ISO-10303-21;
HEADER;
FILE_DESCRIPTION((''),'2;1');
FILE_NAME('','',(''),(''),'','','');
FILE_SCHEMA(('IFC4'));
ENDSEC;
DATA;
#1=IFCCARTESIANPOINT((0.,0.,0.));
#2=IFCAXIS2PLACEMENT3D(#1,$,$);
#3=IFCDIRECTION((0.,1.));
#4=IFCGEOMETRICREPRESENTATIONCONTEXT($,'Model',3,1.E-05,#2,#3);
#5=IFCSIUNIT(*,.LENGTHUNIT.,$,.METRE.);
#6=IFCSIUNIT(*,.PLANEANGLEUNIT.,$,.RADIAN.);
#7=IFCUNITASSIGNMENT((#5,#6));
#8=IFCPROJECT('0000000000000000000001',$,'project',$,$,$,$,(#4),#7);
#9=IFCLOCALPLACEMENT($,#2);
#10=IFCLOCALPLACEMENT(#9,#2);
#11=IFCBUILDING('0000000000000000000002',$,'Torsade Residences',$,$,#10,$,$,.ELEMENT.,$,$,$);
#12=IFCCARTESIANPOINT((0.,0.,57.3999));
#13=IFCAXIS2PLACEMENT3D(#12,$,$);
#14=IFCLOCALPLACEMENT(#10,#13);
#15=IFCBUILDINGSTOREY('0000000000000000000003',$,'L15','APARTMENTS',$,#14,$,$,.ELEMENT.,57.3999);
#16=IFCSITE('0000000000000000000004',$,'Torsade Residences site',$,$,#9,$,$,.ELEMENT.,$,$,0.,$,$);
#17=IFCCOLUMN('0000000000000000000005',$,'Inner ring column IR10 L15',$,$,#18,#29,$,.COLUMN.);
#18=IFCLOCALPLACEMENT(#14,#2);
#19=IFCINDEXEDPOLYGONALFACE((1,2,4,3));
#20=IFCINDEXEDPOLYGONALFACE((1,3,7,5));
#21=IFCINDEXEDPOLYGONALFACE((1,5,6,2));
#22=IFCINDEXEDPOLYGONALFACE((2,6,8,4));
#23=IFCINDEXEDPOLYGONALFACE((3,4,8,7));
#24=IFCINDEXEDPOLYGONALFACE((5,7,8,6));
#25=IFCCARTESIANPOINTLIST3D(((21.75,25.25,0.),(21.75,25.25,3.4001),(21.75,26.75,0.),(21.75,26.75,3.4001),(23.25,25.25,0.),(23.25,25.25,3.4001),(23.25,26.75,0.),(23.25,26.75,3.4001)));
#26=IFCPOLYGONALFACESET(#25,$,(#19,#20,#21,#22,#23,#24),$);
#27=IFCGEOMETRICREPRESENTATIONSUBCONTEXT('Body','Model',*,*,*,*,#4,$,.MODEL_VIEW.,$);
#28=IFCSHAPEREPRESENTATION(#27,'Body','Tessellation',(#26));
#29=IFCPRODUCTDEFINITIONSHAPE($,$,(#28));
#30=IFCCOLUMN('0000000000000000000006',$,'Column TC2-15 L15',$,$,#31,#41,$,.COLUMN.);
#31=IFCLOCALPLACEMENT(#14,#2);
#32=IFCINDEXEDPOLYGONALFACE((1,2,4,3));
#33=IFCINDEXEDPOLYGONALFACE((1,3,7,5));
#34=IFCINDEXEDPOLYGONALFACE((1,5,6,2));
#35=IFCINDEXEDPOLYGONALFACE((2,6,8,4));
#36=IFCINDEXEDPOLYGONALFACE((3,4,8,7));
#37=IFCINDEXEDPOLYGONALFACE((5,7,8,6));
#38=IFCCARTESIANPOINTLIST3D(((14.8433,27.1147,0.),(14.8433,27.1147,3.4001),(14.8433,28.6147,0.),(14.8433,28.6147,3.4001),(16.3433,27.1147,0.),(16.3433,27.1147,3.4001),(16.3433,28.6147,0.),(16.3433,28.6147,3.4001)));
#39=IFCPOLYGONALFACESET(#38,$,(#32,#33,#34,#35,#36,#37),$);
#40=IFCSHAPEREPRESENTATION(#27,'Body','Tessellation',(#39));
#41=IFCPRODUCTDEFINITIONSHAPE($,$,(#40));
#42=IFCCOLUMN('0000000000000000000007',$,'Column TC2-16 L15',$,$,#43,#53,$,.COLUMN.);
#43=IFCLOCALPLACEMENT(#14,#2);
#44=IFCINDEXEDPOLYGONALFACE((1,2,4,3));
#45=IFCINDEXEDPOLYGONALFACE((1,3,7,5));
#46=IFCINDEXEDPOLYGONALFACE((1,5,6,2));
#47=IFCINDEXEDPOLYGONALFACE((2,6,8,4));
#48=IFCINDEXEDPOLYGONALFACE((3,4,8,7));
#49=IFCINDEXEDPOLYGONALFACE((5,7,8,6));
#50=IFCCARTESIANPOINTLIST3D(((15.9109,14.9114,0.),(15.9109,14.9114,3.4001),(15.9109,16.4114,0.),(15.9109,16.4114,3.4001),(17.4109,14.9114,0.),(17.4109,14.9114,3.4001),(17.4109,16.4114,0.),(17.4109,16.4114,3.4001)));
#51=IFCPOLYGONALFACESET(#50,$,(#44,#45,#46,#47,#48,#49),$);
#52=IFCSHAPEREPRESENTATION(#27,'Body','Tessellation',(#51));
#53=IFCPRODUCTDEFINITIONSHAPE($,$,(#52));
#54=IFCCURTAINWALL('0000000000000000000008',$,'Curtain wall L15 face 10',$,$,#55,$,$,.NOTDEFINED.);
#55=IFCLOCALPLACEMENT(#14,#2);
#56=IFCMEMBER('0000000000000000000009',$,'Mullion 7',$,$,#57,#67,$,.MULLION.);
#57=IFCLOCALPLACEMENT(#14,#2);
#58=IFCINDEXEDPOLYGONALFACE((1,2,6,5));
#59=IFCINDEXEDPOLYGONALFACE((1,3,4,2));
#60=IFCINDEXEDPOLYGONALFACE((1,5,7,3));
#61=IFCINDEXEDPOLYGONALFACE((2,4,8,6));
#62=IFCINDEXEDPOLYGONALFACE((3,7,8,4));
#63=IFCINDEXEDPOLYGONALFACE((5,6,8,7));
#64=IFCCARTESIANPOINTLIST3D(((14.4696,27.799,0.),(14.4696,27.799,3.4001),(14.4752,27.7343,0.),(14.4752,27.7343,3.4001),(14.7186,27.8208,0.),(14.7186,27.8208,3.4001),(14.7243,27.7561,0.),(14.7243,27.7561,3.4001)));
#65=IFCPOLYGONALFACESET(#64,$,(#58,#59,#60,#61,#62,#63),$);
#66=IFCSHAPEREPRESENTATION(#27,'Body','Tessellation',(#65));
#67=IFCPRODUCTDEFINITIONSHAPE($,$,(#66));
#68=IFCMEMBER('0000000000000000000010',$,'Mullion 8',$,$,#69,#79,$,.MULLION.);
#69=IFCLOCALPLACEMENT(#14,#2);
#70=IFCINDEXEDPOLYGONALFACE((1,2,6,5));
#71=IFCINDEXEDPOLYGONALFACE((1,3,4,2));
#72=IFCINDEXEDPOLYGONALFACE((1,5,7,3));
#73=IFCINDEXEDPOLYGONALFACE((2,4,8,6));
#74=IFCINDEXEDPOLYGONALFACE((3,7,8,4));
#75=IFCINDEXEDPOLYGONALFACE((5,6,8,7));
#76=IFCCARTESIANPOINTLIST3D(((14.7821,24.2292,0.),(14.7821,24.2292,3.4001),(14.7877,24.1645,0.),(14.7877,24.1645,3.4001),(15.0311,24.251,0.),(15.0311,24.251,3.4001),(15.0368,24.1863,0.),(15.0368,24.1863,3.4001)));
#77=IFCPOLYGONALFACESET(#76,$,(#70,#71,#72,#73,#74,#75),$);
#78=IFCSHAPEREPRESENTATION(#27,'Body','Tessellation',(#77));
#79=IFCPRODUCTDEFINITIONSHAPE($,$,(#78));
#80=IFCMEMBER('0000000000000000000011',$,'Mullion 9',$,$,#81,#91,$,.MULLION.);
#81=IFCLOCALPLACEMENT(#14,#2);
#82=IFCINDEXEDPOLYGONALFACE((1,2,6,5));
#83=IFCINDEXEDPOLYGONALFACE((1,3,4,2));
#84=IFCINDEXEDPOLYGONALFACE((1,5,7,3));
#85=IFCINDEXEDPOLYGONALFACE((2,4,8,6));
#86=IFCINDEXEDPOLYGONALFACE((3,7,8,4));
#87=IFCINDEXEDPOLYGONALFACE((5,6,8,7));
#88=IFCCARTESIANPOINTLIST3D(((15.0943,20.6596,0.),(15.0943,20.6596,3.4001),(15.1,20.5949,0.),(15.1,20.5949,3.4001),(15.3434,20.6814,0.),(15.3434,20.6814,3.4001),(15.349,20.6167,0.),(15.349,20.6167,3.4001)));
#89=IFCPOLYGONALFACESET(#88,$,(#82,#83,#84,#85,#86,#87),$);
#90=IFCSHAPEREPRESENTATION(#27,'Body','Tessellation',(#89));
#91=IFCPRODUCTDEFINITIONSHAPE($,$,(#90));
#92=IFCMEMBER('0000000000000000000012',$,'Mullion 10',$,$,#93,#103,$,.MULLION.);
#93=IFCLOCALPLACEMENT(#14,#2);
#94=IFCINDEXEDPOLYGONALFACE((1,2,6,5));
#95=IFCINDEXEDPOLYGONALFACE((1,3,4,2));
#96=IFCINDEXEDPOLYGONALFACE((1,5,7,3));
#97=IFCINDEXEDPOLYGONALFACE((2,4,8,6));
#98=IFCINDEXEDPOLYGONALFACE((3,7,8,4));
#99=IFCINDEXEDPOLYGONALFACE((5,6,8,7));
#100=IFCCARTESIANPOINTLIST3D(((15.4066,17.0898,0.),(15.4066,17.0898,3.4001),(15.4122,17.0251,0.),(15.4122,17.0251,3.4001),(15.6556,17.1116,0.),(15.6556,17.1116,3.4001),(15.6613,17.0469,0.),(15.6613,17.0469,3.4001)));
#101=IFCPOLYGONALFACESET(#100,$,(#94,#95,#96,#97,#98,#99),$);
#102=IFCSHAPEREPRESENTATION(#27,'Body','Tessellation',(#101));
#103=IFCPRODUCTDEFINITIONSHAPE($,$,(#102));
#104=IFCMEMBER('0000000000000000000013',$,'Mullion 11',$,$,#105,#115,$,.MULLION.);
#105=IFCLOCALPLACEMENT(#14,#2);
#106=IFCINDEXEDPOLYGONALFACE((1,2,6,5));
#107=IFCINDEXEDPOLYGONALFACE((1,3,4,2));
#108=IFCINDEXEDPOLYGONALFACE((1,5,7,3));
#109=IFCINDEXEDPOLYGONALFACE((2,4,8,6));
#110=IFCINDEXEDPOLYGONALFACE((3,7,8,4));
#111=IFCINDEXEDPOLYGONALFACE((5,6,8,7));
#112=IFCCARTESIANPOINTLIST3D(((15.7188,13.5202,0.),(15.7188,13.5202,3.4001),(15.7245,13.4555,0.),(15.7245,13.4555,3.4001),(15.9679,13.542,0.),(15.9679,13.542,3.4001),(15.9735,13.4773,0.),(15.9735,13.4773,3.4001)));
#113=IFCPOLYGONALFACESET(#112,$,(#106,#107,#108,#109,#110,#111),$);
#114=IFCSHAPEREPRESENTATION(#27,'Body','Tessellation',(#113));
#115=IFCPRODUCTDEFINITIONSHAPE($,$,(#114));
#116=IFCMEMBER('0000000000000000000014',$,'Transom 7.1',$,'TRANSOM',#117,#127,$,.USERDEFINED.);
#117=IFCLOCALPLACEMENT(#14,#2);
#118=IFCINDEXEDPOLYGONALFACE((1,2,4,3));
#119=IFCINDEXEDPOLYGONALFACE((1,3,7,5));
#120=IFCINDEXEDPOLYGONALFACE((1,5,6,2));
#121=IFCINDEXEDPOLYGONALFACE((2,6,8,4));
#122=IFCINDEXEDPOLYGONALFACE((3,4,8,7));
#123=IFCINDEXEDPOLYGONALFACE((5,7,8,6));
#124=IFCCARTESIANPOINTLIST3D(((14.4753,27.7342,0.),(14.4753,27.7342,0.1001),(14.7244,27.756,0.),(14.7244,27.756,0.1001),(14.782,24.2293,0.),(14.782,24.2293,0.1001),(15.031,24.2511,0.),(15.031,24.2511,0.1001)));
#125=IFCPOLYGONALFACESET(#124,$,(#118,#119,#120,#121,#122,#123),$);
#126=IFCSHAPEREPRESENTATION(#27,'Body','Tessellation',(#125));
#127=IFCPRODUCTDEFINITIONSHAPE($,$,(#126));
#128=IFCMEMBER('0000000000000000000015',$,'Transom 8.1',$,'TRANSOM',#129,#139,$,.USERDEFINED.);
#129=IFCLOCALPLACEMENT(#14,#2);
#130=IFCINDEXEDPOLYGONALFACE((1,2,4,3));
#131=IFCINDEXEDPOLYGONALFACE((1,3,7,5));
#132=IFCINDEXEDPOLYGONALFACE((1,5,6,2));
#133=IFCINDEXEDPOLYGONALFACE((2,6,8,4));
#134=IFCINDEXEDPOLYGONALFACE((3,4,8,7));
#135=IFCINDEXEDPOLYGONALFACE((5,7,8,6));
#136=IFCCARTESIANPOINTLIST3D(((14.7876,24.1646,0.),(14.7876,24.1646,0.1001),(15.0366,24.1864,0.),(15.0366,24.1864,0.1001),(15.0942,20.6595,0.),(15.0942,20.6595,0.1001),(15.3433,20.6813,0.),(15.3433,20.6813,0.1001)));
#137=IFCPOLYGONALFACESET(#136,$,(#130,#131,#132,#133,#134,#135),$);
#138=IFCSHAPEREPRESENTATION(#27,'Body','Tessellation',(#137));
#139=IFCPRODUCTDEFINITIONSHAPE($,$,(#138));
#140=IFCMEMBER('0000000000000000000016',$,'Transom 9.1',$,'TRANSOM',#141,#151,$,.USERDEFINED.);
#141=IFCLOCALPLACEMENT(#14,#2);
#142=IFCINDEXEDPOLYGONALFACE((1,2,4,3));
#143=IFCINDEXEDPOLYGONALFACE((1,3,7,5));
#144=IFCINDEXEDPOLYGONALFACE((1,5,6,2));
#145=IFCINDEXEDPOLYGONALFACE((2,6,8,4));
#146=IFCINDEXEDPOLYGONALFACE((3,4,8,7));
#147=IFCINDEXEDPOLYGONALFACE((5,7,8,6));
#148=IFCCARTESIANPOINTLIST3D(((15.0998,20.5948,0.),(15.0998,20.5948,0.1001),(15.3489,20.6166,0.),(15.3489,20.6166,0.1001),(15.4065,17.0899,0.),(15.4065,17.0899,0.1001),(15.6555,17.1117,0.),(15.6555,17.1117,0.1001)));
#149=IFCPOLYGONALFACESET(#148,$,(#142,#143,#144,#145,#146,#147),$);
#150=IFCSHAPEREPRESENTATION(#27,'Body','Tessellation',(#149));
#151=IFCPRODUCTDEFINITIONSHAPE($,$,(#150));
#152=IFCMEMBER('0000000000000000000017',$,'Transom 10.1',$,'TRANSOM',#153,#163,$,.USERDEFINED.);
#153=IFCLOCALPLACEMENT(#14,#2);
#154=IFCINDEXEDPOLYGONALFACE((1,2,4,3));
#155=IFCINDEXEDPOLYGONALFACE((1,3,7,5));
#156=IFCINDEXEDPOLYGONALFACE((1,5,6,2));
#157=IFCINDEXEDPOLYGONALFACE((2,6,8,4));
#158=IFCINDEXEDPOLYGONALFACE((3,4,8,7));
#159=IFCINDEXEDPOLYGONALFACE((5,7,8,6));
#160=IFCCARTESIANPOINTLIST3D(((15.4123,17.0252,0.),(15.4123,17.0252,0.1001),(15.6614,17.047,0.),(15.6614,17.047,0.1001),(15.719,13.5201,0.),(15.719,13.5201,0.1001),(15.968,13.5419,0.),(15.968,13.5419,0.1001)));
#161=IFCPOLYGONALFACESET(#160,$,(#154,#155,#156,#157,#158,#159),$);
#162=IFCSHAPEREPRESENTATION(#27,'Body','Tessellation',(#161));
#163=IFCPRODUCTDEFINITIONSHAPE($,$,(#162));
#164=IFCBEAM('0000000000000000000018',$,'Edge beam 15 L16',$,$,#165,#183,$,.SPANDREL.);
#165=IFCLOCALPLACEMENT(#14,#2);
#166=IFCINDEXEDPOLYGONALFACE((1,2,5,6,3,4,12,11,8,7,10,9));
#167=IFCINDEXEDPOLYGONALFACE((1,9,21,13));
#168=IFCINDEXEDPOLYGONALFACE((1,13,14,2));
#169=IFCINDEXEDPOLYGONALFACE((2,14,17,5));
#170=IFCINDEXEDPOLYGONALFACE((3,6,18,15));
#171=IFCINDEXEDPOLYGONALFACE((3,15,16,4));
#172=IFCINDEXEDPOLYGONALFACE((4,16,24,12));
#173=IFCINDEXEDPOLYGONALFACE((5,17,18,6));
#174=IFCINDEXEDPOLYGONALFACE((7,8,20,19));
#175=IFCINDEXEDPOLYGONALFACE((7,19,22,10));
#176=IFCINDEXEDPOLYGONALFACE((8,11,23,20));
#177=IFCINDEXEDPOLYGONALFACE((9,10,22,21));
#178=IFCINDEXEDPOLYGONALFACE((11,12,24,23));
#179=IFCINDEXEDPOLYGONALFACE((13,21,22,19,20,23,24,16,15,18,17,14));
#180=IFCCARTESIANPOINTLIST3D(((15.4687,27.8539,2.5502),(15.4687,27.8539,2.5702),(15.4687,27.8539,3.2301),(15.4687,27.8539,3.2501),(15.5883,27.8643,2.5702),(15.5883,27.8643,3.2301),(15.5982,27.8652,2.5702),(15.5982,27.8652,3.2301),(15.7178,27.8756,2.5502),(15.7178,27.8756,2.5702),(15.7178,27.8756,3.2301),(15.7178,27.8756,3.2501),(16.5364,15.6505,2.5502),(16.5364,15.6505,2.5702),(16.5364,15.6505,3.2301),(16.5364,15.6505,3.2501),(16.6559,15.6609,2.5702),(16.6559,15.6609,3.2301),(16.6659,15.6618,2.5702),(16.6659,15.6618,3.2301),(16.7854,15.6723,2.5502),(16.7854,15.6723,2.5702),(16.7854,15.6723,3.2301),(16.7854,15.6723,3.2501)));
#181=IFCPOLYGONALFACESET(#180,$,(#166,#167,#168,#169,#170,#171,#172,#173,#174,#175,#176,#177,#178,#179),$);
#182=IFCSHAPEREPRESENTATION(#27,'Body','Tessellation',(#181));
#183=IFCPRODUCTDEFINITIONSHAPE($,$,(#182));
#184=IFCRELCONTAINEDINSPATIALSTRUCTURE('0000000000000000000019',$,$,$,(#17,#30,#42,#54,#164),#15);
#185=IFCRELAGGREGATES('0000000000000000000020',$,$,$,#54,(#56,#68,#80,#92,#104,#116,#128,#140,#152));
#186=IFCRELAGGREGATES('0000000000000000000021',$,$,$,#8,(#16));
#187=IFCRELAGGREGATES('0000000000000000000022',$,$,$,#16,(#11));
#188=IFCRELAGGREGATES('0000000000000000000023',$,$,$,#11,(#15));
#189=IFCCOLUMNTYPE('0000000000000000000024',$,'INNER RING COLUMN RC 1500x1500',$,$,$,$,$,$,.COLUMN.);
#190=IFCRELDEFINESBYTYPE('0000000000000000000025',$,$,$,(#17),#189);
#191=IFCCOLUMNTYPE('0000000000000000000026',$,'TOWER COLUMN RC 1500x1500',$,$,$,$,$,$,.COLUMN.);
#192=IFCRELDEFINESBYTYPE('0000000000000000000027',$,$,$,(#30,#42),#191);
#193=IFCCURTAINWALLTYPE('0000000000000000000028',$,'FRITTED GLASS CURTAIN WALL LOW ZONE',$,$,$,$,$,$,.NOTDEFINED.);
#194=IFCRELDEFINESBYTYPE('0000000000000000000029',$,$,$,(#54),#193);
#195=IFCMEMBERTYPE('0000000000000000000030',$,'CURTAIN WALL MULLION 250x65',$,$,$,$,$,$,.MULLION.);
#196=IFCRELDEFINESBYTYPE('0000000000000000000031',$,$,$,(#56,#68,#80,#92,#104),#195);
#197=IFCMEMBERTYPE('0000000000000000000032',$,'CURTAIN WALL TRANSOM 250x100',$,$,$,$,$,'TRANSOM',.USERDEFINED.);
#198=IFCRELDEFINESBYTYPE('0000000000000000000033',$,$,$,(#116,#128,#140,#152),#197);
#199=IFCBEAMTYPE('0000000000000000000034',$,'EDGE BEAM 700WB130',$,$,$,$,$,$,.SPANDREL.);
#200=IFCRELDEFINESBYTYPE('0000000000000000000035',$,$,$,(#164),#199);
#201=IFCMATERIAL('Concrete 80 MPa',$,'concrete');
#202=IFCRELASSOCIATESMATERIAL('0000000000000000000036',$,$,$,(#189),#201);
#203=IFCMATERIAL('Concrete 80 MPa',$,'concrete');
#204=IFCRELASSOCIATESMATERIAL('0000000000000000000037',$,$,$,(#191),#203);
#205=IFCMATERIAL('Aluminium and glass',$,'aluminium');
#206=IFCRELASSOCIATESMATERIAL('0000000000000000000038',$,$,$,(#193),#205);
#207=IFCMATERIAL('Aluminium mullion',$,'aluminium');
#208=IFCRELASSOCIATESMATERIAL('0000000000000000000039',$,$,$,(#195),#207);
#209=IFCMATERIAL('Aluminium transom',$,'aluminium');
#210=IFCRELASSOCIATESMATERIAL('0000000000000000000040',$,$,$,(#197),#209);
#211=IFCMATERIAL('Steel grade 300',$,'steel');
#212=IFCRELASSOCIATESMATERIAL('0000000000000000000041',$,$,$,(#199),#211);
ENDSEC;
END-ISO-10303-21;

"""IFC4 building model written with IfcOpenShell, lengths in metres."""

from ifc_helpers import new_model, si_unit, direction, frame, origin, origin_2d, place, context, subcontext, project, spatial, rectangle, i_section, extrude, material, material_profile, profile_set, type_object, element, aggregate, save


model = new_model("IFC4")

# Units and contexts
model_context = context("Model", 3, precision=1e-05, world=origin(), true_north=direction((0.0, 1.0)))
body_context = subcontext(model_context, "Body", "Model", "MODEL_VIEW")
ifc_project = project(units=[si_unit("LENGTHUNIT", "METRE"), si_unit("PLANEANGLEUNIT", "RADIAN")], contexts=[model_context])

# Site, building, storey
site_placement = place(None, origin())
site = spatial("IfcSite", under=ifc_project, at=site_placement, Name="Torsade Residences site", CompositionType="ELEMENT", RefElevation=0.0)
building_placement = place(site_placement, origin())
building = spatial("IfcBuilding", under=site, at=building_placement, Name="Torsade Residences", CompositionType="ELEMENT")
storey_placement = place(building_placement, frame((0.0, 0.0, 57.3999)))
storey = spatial("IfcBuildingStorey", under=building, at=storey_placement, Name="L15", Description="APARTMENTS", CompositionType="ELEMENT", Elevation=57.3999)

# Columns
ifc_material_1 = material(Name="Concrete 80 MPa", Category="concrete")
ifc_material_profile_1 = material_profile(ifc_material_1, rectangle(XDim=1.5, YDim=1.5, at=origin_2d()), Name="RC 1500x1500")
ifc_profile_set_1 = profile_set([ifc_material_profile_1], Name="Concrete 80 MPa")
column_type_1 = type_object("IfcColumnType", Name="INNER RING COLUMN RC 1500x1500", PredefinedType="COLUMN", material=ifc_profile_set_1)
column_placement = place(storey_placement, frame((22.5, 26.0, 0.0), z_axis=(0.0, 0.0, 1.0), x_axis=(1.0, 0.0, 0.0)))
element("IfcColumn", 1, at=column_placement, inside=storey, type_object=column_type_1, Name="Inner ring column IR10 L15", PredefinedType="COLUMN", context=body_context, shape_type="SweptSolid", body=[
    extrude(rectangle(XDim=1.5, YDim=1.5, at=origin_2d()), origin(), (0.0, 0.0, 1.0), 3.4001),
])
ifc_material_2 = material(Name="Concrete 80 MPa", Category="concrete")
ifc_material_profile_2 = material_profile(ifc_material_2, rectangle(XDim=1.5, YDim=1.5, at=origin_2d()), Name="RC 1500x1500")
ifc_profile_set_2 = profile_set([ifc_material_profile_2], Name="Concrete 80 MPa")
column_type_2 = type_object("IfcColumnType", Name="TOWER COLUMN RC 1500x1500", PredefinedType="COLUMN", material=ifc_profile_set_2)
for number, where, z_axis, x_axis, name in (
    (2, (15.5933, 27.8647, 0.0), (0.0, 0.0, 1.0), (1.0, 0.0, 0.0), "Column TC2-15 L15"),
    (3, (16.6609, 15.6614, 0.0), (0.0, 0.0, 1.0), (1.0, 0.0, 0.0), "Column TC2-16 L15"),
):
    element("IfcColumn", number, at=place(storey_placement, frame(where, z_axis=z_axis, x_axis=x_axis)), inside=storey, type_object=column_type_2, Name=name, PredefinedType="COLUMN", context=body_context, shape_type="SweptSolid", body=[
        extrude(rectangle(XDim=1.5, YDim=1.5, at=origin_2d()), origin(), (0.0, 0.0, 1.0), 3.4001),
    ])

# Curtain wall, members
ifc_material_3 = material(Name="Aluminium and glass", Category="aluminium")
curtain_wall_type = type_object("IfcCurtainWallType", Name="FRITTED GLASS CURTAIN WALL LOW ZONE", PredefinedType="NOTDEFINED", material=ifc_material_3)
curtain_wall_placement = place(storey_placement, origin())
curtain_wall = element("IfcCurtainWall", 4, at=curtain_wall_placement, inside=storey, type_object=curtain_wall_type, Name="Curtain wall L15 face 10", PredefinedType="NOTDEFINED")
ifc_material_4 = material(Name="Aluminium mullion", Category="aluminium")
ifc_material_profile_3 = material_profile(ifc_material_4, rectangle(XDim=0.25, YDim=0.0649, at=origin_2d()), Name="CURTAIN WALL MULLION 250x65")
ifc_profile_set_3 = profile_set([ifc_material_profile_3], Name="Aluminium mullion")
member_type_1 = type_object("IfcMemberType", Name="CURTAIN WALL MULLION 250x65", PredefinedType="MULLION", material=ifc_profile_set_3)
member_1_placement = place(storey_placement, frame((14.5969, 27.7776, 0.0), z_axis=(0.0, 0.0, 1.0), x_axis=(0.996195, 0.087156, 0.0)))
member_1 = element("IfcMember", 5, at=member_1_placement, type_object=member_type_1, Name="Mullion 7", PredefinedType="MULLION", context=body_context, shape_type="SweptSolid", body=[
    extrude(rectangle(XDim=0.25, YDim=0.0649, at=origin_2d()), origin(), (0.0, 0.0, 1.0), 3.4001),
])
member_2_placement = place(storey_placement, frame((14.9094, 24.2078, 0.0), z_axis=(0.0, 0.0, 1.0), x_axis=(0.996195, 0.087156, 0.0)))
member_2 = element("IfcMember", 6, at=member_2_placement, type_object=member_type_1, Name="Mullion 8", PredefinedType="MULLION", context=body_context, shape_type="SweptSolid", body=[
    extrude(rectangle(XDim=0.25, YDim=0.0649, at=origin_2d()), origin(), (0.0, 0.0, 1.0), 3.4001),
])
member_3_placement = place(storey_placement, frame((15.2217, 20.6382, 0.0), z_axis=(0.0, 0.0, 1.0), x_axis=(0.996195, 0.087156, 0.0)))
member_3 = element("IfcMember", 7, at=member_3_placement, type_object=member_type_1, Name="Mullion 9", PredefinedType="MULLION", context=body_context, shape_type="SweptSolid", body=[
    extrude(rectangle(XDim=0.25, YDim=0.0649, at=origin_2d()), origin(), (0.0, 0.0, 1.0), 3.4001),
])
member_4_placement = place(storey_placement, frame((15.5339, 17.0684, 0.0), z_axis=(0.0, 0.0, 1.0), x_axis=(0.996195, 0.087156, 0.0)))
member_4 = element("IfcMember", 8, at=member_4_placement, type_object=member_type_1, Name="Mullion 10", PredefinedType="MULLION", context=body_context, shape_type="SweptSolid", body=[
    extrude(rectangle(XDim=0.25, YDim=0.0649, at=origin_2d()), origin(), (0.0, 0.0, 1.0), 3.4001),
])
member_5_placement = place(storey_placement, frame((15.8462, 13.4988, 0.0), z_axis=(0.0, 0.0, 1.0), x_axis=(0.996195, 0.087156, 0.0)))
member_5 = element("IfcMember", 9, at=member_5_placement, type_object=member_type_1, Name="Mullion 11", PredefinedType="MULLION", context=body_context, shape_type="SweptSolid", body=[
    extrude(rectangle(XDim=0.25, YDim=0.0649, at=origin_2d()), origin(), (0.0, 0.0, 1.0), 3.4001),
])
ifc_material_5 = material(Name="Aluminium transom", Category="aluminium")
ifc_material_profile_4 = material_profile(ifc_material_5, rectangle(XDim=0.25, YDim=0.1001, at=origin_2d()), Name="CURTAIN WALL TRANSOM 250x100")
ifc_profile_set_4 = profile_set([ifc_material_profile_4], Name="Aluminium transom")
member_type_2 = type_object("IfcMemberType", Name="CURTAIN WALL TRANSOM 250x100", ElementType="TRANSOM", PredefinedType="USERDEFINED", material=ifc_profile_set_4)
member_6_placement = place(storey_placement, frame((14.5999, 27.7451, 0.05), z_axis=(0.087157, -0.996195, 0.0), x_axis=(0.996195, 0.087157, 0.0)))
member_6 = element("IfcMember", 10, at=member_6_placement, type_object=member_type_2, Name="Transom 7.1", ObjectType="TRANSOM", PredefinedType="USERDEFINED", context=body_context, shape_type="SweptSolid", body=[
    extrude(rectangle(XDim=0.25, YDim=0.1001, at=origin_2d()), origin(), (0.0, 0.0, 1.0), 3.5183),
])
member_7_placement = place(storey_placement, frame((14.9121, 24.1755, 0.05), z_axis=(0.087151, -0.996195, 0.0), x_axis=(0.996195, 0.087151, 0.0)))
member_7 = element("IfcMember", 11, at=member_7_placement, type_object=member_type_2, Name="Transom 8.1", ObjectType="TRANSOM", PredefinedType="USERDEFINED", context=body_context, shape_type="SweptSolid", body=[
    extrude(rectangle(XDim=0.25, YDim=0.1001, at=origin_2d()), origin(), (0.0, 0.0, 1.0), 3.5186),
])
member_8_placement = place(storey_placement, frame((15.2244, 20.6057, 0.05), z_axis=(0.087157, -0.996195, 0.0), x_axis=(0.996195, 0.087157, 0.0)))
member_8 = element("IfcMember", 12, at=member_8_placement, type_object=member_type_2, Name="Transom 9.1", ObjectType="TRANSOM", PredefinedType="USERDEFINED", context=body_context, shape_type="SweptSolid", body=[
    extrude(rectangle(XDim=0.25, YDim=0.1001, at=origin_2d()), origin(), (0.0, 0.0, 1.0), 3.5183),
])
member_9_placement = place(storey_placement, frame((15.5369, 17.0361, 0.05), z_axis=(0.087151, -0.996195, 0.0), x_axis=(0.996195, 0.087151, 0.0)))
member_9 = element("IfcMember", 13, at=member_9_placement, type_object=member_type_2, Name="Transom 10.1", ObjectType="TRANSOM", PredefinedType="USERDEFINED", context=body_context, shape_type="SweptSolid", body=[
    extrude(rectangle(XDim=0.25, YDim=0.1001, at=origin_2d()), origin(), (0.0, 0.0, 1.0), 3.5186),
])

# Beam
ifc_material_6 = material(Name="Steel grade 300", Category="steel")
ifc_material_profile_5 = material_profile(ifc_material_6, i_section(OverallWidth=0.25, OverallDepth=0.7, WebThickness=0.01, FlangeThickness=0.02, at=origin_2d()), Name="700WB130")
ifc_profile_set_5 = profile_set([ifc_material_profile_5], Name="Steel grade 300")
beam_type_1 = type_object("IfcBeamType", Name="EDGE BEAM 700WB130", PredefinedType="SPANDREL", material=ifc_profile_set_5)
for number, where, z_axis, x_axis, name in (
    (14, (15.5933, 27.8647, 2.9001), (0.087153, -0.996195, 0.0), (0.996195, 0.087153, 0.0), "Edge beam 15 L16"),
):
    element("IfcBeam", number, at=place(storey_placement, frame(where, z_axis=z_axis, x_axis=x_axis)), inside=storey, type_object=beam_type_1, Name=name, PredefinedType="SPANDREL", context=body_context, shape_type="SweptSolid", body=[
        extrude(i_section(OverallWidth=0.25, OverallDepth=0.7, WebThickness=0.01, FlangeThickness=0.02, at=origin_2d()), origin(), (0.0, 0.0, 1.0), 12.25),
    ])

aggregate(curtain_wall, [member_1, member_2, member_3, member_4, member_5, member_6, member_7, member_8, member_9])

save(model, "model.ifc")
